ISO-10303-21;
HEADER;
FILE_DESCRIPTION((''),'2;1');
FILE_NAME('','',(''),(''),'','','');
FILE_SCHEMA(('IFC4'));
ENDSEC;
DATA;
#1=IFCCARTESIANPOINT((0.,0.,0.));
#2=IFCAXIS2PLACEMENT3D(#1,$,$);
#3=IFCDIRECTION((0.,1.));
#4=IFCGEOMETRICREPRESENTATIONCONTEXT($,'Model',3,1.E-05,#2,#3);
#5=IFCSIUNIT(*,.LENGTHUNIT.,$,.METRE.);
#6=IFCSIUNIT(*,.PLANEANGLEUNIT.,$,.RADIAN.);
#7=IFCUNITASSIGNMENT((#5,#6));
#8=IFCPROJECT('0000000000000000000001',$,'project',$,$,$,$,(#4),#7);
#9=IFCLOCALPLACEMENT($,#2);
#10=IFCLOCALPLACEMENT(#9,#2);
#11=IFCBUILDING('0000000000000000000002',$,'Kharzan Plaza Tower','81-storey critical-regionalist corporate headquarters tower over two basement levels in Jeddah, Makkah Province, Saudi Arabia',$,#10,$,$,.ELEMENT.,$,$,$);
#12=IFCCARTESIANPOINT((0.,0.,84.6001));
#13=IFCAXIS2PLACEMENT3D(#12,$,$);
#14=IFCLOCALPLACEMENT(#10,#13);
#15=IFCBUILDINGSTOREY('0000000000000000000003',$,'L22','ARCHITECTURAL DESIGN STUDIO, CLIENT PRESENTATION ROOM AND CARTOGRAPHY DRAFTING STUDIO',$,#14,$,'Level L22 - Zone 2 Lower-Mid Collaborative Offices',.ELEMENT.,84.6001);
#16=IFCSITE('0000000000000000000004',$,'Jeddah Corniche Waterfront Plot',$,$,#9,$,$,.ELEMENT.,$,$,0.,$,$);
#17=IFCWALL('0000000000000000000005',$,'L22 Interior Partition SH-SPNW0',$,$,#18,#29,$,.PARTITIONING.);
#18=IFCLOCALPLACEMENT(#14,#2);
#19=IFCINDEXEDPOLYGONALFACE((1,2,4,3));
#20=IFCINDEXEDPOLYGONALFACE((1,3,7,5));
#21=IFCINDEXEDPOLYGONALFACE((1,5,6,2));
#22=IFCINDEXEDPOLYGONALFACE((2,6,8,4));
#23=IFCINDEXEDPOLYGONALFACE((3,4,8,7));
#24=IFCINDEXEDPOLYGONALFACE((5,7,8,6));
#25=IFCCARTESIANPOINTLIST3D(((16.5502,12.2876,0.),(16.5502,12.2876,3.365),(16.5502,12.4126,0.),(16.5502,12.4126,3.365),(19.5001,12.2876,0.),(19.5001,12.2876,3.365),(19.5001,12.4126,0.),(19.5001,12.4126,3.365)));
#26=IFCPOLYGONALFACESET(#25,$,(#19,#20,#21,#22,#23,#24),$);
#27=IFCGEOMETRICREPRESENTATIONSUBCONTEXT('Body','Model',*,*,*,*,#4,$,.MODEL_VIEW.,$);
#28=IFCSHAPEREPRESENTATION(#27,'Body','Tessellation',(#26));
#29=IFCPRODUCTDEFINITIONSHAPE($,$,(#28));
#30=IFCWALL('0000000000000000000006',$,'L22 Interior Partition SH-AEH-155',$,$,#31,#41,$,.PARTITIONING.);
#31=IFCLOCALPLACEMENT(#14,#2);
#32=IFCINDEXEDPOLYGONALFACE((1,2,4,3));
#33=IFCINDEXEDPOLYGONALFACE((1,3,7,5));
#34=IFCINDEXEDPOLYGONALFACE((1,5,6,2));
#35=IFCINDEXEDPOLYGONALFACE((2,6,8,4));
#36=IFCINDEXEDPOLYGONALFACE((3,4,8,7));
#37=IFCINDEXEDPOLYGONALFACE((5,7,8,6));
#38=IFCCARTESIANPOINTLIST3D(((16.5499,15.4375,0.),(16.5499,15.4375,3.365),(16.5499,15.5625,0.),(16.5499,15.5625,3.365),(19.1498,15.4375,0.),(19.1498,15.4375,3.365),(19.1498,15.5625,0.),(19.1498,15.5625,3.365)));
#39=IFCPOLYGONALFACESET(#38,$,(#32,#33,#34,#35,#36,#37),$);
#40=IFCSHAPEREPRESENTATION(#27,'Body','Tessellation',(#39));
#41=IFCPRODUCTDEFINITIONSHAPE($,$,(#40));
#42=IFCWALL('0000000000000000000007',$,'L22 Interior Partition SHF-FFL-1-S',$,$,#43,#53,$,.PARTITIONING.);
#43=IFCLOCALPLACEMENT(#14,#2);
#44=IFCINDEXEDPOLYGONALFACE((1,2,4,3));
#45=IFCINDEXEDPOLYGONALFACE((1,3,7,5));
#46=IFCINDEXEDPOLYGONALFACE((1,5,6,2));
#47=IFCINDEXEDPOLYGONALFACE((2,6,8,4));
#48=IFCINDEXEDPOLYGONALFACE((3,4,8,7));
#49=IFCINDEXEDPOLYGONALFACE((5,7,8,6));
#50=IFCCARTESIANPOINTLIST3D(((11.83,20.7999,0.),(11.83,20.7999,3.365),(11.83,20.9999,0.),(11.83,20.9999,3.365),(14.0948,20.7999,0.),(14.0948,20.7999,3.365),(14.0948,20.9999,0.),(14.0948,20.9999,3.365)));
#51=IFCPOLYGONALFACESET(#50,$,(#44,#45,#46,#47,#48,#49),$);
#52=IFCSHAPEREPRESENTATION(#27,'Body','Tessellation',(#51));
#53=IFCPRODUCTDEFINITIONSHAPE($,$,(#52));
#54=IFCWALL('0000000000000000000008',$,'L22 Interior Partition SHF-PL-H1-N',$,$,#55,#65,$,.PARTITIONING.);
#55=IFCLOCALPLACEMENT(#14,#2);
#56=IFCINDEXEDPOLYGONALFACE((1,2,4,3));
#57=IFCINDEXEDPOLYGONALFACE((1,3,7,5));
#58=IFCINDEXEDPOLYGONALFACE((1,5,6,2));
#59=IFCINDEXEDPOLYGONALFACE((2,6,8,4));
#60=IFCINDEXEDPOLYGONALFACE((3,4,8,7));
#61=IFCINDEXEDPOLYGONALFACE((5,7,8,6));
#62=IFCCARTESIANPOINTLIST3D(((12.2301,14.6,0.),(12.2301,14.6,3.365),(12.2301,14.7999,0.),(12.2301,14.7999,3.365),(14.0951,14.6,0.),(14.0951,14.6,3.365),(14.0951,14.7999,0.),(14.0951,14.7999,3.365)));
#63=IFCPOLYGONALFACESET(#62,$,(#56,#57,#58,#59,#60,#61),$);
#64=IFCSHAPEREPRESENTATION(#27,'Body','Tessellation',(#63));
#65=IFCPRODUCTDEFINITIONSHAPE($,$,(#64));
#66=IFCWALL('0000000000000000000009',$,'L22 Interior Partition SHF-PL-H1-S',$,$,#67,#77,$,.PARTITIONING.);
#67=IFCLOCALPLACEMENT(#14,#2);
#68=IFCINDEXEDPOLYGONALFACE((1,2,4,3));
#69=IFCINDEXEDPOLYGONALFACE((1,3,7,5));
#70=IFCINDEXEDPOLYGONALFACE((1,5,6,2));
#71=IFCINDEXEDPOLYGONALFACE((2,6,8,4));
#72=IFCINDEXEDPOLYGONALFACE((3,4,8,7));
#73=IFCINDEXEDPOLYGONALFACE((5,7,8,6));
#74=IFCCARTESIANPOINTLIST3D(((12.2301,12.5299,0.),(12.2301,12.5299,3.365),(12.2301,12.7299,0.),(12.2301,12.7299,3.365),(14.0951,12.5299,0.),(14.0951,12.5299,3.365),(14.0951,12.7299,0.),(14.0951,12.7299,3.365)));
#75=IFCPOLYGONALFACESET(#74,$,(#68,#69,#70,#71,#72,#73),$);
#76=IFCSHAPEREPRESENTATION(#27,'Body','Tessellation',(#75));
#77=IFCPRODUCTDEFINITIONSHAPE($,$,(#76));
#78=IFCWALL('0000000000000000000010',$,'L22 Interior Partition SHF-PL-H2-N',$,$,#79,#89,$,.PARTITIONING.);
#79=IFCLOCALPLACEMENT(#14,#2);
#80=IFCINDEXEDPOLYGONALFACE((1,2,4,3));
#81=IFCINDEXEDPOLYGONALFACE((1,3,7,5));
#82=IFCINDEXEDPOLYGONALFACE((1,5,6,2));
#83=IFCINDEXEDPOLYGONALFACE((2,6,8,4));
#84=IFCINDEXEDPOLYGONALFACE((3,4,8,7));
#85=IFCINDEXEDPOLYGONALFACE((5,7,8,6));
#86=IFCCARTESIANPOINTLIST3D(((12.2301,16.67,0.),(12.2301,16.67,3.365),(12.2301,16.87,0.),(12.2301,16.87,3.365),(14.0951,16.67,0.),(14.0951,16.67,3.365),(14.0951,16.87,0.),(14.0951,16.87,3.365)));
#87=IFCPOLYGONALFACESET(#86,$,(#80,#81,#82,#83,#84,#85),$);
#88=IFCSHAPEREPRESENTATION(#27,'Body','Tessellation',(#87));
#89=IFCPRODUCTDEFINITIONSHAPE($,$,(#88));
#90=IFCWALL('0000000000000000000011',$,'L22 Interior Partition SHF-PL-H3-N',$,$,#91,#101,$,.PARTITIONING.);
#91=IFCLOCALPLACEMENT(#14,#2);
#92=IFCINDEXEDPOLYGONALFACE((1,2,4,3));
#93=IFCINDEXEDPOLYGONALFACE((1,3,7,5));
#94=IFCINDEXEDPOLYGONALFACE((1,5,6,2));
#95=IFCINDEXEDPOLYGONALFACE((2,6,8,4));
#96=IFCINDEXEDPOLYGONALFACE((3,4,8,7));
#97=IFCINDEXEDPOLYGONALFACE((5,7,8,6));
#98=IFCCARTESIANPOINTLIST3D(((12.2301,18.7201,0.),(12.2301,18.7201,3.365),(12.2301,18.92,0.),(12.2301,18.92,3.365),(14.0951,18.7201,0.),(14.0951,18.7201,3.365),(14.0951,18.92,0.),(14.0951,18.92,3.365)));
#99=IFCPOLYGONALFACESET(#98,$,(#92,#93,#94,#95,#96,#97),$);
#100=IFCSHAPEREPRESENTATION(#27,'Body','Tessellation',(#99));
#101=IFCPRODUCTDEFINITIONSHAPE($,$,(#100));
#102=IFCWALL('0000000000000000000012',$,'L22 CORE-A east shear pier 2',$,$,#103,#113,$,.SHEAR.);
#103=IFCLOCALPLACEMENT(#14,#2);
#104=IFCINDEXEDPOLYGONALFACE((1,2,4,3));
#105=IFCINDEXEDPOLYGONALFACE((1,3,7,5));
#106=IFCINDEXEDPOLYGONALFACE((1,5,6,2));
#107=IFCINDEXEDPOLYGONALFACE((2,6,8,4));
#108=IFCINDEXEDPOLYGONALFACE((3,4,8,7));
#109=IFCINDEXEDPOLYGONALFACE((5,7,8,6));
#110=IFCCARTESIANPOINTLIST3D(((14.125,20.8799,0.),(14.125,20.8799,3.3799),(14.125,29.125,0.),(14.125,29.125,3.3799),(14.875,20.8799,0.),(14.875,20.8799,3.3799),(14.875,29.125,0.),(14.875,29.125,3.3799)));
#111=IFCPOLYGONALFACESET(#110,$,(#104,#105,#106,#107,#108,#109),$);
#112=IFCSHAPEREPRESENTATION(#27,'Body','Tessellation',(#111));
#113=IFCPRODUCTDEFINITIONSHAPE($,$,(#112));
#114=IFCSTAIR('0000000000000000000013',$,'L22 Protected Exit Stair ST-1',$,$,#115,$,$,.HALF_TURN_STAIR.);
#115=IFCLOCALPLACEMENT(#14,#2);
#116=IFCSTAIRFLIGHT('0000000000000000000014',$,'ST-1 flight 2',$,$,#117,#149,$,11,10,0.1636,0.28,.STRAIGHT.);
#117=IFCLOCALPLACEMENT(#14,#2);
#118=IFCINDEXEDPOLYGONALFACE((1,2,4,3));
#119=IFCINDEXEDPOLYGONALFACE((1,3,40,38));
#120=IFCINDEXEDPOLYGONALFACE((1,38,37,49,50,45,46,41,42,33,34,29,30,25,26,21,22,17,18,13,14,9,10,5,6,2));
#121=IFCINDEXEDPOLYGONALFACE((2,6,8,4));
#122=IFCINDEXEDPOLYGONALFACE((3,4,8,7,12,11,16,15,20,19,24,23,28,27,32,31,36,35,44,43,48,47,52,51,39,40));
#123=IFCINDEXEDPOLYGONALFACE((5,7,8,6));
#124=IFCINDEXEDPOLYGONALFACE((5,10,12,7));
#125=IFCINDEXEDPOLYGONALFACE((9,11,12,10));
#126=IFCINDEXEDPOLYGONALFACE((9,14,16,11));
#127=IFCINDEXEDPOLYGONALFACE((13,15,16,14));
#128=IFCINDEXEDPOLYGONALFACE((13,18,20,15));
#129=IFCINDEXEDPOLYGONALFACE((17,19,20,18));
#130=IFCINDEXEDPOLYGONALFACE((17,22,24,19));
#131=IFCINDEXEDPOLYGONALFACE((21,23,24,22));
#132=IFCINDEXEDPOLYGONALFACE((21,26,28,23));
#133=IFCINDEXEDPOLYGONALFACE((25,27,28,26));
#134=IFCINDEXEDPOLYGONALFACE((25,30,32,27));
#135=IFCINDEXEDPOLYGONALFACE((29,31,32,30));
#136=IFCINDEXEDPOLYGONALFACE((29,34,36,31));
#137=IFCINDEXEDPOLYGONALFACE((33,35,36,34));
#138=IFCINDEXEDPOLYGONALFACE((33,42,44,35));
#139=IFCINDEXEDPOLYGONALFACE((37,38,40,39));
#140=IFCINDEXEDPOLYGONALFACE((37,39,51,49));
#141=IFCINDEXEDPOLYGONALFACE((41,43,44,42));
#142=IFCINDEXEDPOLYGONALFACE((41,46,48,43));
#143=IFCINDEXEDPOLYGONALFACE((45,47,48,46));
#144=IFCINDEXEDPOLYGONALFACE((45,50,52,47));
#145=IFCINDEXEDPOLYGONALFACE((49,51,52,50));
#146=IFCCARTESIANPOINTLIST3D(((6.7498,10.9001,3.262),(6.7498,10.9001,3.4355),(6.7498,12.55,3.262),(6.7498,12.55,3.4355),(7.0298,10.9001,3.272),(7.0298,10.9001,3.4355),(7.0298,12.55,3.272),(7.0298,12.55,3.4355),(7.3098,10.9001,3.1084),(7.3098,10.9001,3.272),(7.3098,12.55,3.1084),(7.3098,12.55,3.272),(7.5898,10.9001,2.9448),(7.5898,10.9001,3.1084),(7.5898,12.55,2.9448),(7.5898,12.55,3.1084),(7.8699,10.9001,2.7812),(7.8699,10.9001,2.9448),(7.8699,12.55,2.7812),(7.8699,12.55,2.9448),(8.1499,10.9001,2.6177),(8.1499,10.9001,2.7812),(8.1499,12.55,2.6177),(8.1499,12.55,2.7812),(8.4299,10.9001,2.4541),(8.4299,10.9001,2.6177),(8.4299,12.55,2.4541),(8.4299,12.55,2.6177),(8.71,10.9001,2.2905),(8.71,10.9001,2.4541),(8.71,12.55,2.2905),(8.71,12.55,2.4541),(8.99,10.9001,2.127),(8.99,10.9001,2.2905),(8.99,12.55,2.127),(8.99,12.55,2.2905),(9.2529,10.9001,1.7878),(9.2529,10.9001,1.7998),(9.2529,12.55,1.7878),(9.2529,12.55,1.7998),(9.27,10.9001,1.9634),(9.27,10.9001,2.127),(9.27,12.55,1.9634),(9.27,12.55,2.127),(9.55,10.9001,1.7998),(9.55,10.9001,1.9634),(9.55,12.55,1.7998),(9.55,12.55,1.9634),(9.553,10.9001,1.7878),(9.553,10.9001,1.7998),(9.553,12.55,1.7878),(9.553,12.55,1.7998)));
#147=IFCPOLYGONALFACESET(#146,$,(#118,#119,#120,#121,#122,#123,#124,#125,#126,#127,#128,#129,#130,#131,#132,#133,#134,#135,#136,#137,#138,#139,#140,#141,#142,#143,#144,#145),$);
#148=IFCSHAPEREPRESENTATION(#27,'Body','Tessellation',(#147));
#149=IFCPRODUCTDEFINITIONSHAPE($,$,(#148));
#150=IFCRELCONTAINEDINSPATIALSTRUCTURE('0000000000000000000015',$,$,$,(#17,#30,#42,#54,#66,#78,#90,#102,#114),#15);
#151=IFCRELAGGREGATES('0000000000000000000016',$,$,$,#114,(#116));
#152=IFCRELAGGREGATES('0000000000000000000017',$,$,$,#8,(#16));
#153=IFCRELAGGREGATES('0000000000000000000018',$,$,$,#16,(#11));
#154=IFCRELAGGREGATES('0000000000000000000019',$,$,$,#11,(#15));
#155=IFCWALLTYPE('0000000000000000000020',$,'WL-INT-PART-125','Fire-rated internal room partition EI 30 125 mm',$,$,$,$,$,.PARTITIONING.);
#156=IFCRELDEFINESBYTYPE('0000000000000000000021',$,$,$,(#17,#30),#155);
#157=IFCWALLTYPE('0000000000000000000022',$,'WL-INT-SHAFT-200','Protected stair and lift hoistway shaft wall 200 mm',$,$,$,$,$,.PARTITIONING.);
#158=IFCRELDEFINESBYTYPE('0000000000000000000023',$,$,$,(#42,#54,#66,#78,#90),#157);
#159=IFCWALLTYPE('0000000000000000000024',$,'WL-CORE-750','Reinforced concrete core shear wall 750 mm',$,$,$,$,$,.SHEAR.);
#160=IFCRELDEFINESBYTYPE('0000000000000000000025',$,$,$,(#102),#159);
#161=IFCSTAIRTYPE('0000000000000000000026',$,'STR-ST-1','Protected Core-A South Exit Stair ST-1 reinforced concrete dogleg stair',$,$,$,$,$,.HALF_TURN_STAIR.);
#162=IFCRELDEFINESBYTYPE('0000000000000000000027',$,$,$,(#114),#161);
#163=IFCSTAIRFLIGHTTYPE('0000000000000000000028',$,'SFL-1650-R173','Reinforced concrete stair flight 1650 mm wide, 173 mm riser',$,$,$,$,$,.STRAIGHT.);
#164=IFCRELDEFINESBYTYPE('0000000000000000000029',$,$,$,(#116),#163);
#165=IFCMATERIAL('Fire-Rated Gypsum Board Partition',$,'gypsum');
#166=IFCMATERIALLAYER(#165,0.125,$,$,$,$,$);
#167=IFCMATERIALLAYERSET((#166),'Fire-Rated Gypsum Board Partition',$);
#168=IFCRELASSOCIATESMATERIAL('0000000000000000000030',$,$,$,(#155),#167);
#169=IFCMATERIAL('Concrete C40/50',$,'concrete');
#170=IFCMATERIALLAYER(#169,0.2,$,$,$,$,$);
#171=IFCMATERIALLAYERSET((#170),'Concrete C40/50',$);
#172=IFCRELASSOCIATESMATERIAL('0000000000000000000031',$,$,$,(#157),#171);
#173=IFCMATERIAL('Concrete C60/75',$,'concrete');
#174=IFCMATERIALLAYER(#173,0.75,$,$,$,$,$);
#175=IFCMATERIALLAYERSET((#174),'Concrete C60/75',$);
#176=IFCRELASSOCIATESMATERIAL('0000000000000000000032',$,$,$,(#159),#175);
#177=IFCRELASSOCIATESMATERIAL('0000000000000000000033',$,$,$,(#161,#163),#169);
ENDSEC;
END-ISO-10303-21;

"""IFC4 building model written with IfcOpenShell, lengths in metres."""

from ifc_helpers import new_model, si_unit, direction, frame, frame_2d, origin, place, context, subcontext, project, spatial, polyline, rectangle, outline, extrude, source, transform, mapped, material, layer, layer_set, type_object, element, aggregate, save


model = new_model("IFC4")

# Units and contexts
model_context = context("Model", 3, precision=1e-05, world=origin(), true_north=direction((0.0, 1.0)))
body_context = subcontext(model_context, "Body", "Model", "MODEL_VIEW")
ifc_project = project(units=[si_unit("LENGTHUNIT", "METRE"), si_unit("PLANEANGLEUNIT", "RADIAN")], contexts=[model_context])

# Site, building, storey
site_placement = place(None, origin())
site = spatial("IfcSite", under=ifc_project, at=site_placement, Name="Jeddah Corniche Waterfront Plot", CompositionType="ELEMENT", RefElevation=0.0)
building_placement = place(site_placement, origin())
building = spatial("IfcBuilding", under=site, at=building_placement, Name="Kharzan Plaza Tower", Description="81-storey critical-regionalist corporate headquarters tower over two basement levels in Jeddah, Makkah Province, Saudi Arabia", CompositionType="ELEMENT")
storey_placement = place(building_placement, frame((0.0, 0.0, 84.6001)))
storey = spatial("IfcBuildingStorey", under=building, at=storey_placement, Name="L22", Description="ARCHITECTURAL DESIGN STUDIO, CLIENT PRESENTATION ROOM AND CARTOGRAPHY DRAFTING STUDIO", LongName="Level L22 - Zone 2 Lower-Mid Collaborative Offices", CompositionType="ELEMENT", Elevation=84.6001)

# Shared definitions
ifc_material_1 = material(Name="Concrete C60/75", Category="concrete")

# Shared definitions
ifc_material_2 = material(Name="Fire-Rated Gypsum Board Partition", Category="gypsum")
ifc_layer_1 = layer(ifc_material_2, 0.125)
ifc_layer_set_1 = layer_set([ifc_layer_1], Name="Fire-Rated Gypsum Board Partition")
wall_type_1 = type_object("IfcWallType", Name="WL-INT-PART-125", Description="Fire-rated internal room partition EI 30 125 mm", PredefinedType="PARTITIONING", material=ifc_layer_set_1)
ifc_material_3 = material(Name="Concrete C40/50", Category="concrete")
ifc_layer_2 = layer(ifc_material_3, 0.2)
ifc_layer_set_2 = layer_set([ifc_layer_2], Name="Concrete C40/50")
wall_type_2 = type_object("IfcWallType", Name="WL-INT-SHAFT-200", Description="Protected stair and lift hoistway shaft wall 200 mm", PredefinedType="PARTITIONING", material=ifc_layer_set_2)

# Walls
shared_shape_1 = source(origin(), body_context, "Body", "SweptSolid", [
    extrude(rectangle(XDim=2.95, YDim=0.125, at=frame_2d((1.4751, 0.0))), origin(), (0.0, 0.0, 1.0), 3.365),
])
wall_1_placement = place(storey_placement, frame((16.55, 12.3501, 0.0), z_axis=(0.0, 0.0, 1.0), x_axis=(1.0, 0.0, 0.0)))
element("IfcWall", 1, at=wall_1_placement, inside=storey, type_object=wall_type_1, Name="L22 Interior Partition SH-SPNW0", PredefinedType="PARTITIONING", context=body_context, shape_type="MappedRepresentation", body=[
    mapped(shared_shape_1, transform((0.0, 0.0, 0.0), x_axis=(1.0, 0.0, 0.0), y_axis=(0.0, 1.0, 0.0), z_axis=(0.0, 0.0, 1.0))),
])
shared_shape_2 = source(origin(), body_context, "Body", "SweptSolid", [
    extrude(rectangle(XDim=2.5999, YDim=0.125, at=frame_2d((1.2998, 0.0))), origin(), (0.0, 0.0, 1.0), 3.365),
])
wall_2_placement = place(storey_placement, frame((16.55, 15.5, 0.0), z_axis=(0.0, 0.0, 1.0), x_axis=(1.0, 0.0, 0.0)))
element("IfcWall", 2, at=wall_2_placement, inside=storey, type_object=wall_type_1, Name="L22 Interior Partition SH-AEH-155", PredefinedType="PARTITIONING", context=body_context, shape_type="MappedRepresentation", body=[
    mapped(shared_shape_2, transform((0.0, 0.0, 0.0), x_axis=(1.0, 0.0, 0.0), y_axis=(0.0, 1.0, 0.0), z_axis=(0.0, 0.0, 1.0))),
])
shared_shape_3 = source(origin(), body_context, "Body", "SweptSolid", [
    extrude(rectangle(XDim=2.2649, YDim=0.2, at=frame_2d((1.1323, 0.0))), origin(), (0.0, 0.0, 1.0), 3.365),
])
wall_3_placement = place(storey_placement, frame((11.8301, 20.8999, 0.0), z_axis=(0.0, 0.0, 1.0), x_axis=(1.0, 0.0, 0.0)))
element("IfcWall", 3, at=wall_3_placement, inside=storey, type_object=wall_type_2, Name="L22 Interior Partition SHF-FFL-1-S", PredefinedType="PARTITIONING", context=body_context, shape_type="MappedRepresentation", body=[
    mapped(shared_shape_3, transform((0.0, 0.0, 0.0), x_axis=(1.0, 0.0, 0.0), y_axis=(0.0, 1.0, 0.0), z_axis=(0.0, 0.0, 1.0))),
])
shared_shape_4 = source(origin(), body_context, "Body", "SweptSolid", [
    extrude(rectangle(XDim=1.865, YDim=0.2, at=frame_2d((0.9326, 0.0))), origin(), (0.0, 0.0, 1.0), 3.365),
])
for number, where, z_axis, x_axis, name in (
    (4, (12.23, 14.7, 0.0), (0.0, 0.0, 1.0), (1.0, 0.0, 0.0), "L22 Interior Partition SHF-PL-H1-N"),
    (5, (12.23, 12.6299, 0.0), (0.0, 0.0, 1.0), (1.0, 0.0, 0.0), "L22 Interior Partition SHF-PL-H1-S"),
    (6, (12.23, 16.77, 0.0), (0.0, 0.0, 1.0), (1.0, 0.0, 0.0), "L22 Interior Partition SHF-PL-H2-N"),
    (7, (12.23, 18.8201, 0.0), (0.0, 0.0, 1.0), (1.0, 0.0, 0.0), "L22 Interior Partition SHF-PL-H3-N"),
):
    element("IfcWall", number, at=place(storey_placement, frame(where, z_axis=z_axis, x_axis=x_axis)), inside=storey, type_object=wall_type_2, Name=name, PredefinedType="PARTITIONING", context=body_context, shape_type="MappedRepresentation", body=[
        mapped(shared_shape_4, transform((0.0, 0.0, 0.0), x_axis=(1.0, 0.0, 0.0), y_axis=(0.0, 1.0, 0.0), z_axis=(0.0, 0.0, 1.0))),
    ])
ifc_layer_3 = layer(ifc_material_1, 0.75)
ifc_layer_set_3 = layer_set([ifc_layer_3], Name="Concrete C60/75")
wall_type_3 = type_object("IfcWallType", Name="WL-CORE-750", Description="Reinforced concrete core shear wall 750 mm", PredefinedType="SHEAR", material=ifc_layer_set_3)
shared_shape_5 = source(origin(), body_context, "Body", "SweptSolid", [
    extrude(rectangle(XDim=8.2451, YDim=0.75, at=frame_2d((4.1226, 0.0))), origin(), (0.0, 0.0, 1.0), 3.3799),
])
wall_4_placement = place(storey_placement, frame((14.5, 20.8799, 0.0), z_axis=(0.0, 0.0, 1.0), x_axis=(0.0, 1.0, 0.0)))
element("IfcWall", 8, at=wall_4_placement, inside=storey, type_object=wall_type_3, Name="L22 CORE-A east shear pier 2", PredefinedType="SHEAR", context=body_context, shape_type="MappedRepresentation", body=[
    mapped(shared_shape_5, transform((0.0, 0.0, 0.0), x_axis=(1.0, 0.0, 0.0), y_axis=(0.0, 1.0, 0.0), z_axis=(0.0, 0.0, 1.0))),
])

# Stair, stair flight
stair_type = type_object("IfcStairType", Name="STR-ST-1", Description="Protected Core-A South Exit Stair ST-1 reinforced concrete dogleg stair", PredefinedType="HALF_TURN_STAIR", material=ifc_material_3)
stair_placement = place(storey_placement, origin())
stair = element("IfcStair", 9, at=stair_placement, inside=storey, type_object=stair_type, Name="L22 Protected Exit Stair ST-1", PredefinedType="HALF_TURN_STAIR")
stair_flight_type = type_object("IfcStairFlightType", Name="SFL-1650-R173", Description="Reinforced concrete stair flight 1650 mm wide, 173 mm riser", PredefinedType="STRAIGHT", material=ifc_material_3)
shared_shape_6 = source(origin(), body_context, "Body", "SweptSolid", [
    extrude(outline(polyline([(-0.0029, -0.012), (-0.0029, 0.0), (0.0, 0.0), (0.0, 0.1636), (0.28, 0.1636), (0.28, 0.3271), (0.5601, 0.3271), (0.5601, 0.4907), (0.8401, 0.4907), (0.8401, 0.6543), (1.1201, 0.6543), (1.1201, 0.8179), (1.4001, 0.8179), (1.4001, 0.9814), (1.6802, 0.9814), (1.6802, 1.145), (1.9602, 1.145), (1.9602, 1.3086), (2.2402, 1.3086), (2.2402, 1.4722), (2.5203, 1.4722), (2.5203, 1.6357), (2.8003, 1.6357), (2.8003, 1.7993), (2.8003, 1.4622), (0.2971, 0.0), (0.2971, -0.012), (-0.0029, -0.012)])), frame((0.0, 0.825, 0.0), z_axis=(0.0, -1.0, 0.0), x_axis=(1.0, 0.0, 0.0)), (0.0, 0.0, 1.0), 1.6499),
])
stair_flight_placement = place(storey_placement, frame((9.55, 11.7251, 1.7998), z_axis=(0.0, 0.0, 1.0), x_axis=(-1.0, 0.0, 0.0)))
stair_flight = element("IfcStairFlight", 10, at=stair_flight_placement, type_object=stair_flight_type, Name="ST-1 flight 2", NumberOfRisers=11, NumberOfTreads=10, PredefinedType="STRAIGHT", RiserHeight=0.1636, TreadLength=0.28, context=body_context, shape_type="MappedRepresentation", body=[
    mapped(shared_shape_6, transform((0.0, 0.0, 0.0), x_axis=(1.0, 0.0, 0.0), y_axis=(0.0, 1.0, 0.0), z_axis=(0.0, 0.0, 1.0))),
])
aggregate(stair, [stair_flight])

save(model, "model.ifc")
